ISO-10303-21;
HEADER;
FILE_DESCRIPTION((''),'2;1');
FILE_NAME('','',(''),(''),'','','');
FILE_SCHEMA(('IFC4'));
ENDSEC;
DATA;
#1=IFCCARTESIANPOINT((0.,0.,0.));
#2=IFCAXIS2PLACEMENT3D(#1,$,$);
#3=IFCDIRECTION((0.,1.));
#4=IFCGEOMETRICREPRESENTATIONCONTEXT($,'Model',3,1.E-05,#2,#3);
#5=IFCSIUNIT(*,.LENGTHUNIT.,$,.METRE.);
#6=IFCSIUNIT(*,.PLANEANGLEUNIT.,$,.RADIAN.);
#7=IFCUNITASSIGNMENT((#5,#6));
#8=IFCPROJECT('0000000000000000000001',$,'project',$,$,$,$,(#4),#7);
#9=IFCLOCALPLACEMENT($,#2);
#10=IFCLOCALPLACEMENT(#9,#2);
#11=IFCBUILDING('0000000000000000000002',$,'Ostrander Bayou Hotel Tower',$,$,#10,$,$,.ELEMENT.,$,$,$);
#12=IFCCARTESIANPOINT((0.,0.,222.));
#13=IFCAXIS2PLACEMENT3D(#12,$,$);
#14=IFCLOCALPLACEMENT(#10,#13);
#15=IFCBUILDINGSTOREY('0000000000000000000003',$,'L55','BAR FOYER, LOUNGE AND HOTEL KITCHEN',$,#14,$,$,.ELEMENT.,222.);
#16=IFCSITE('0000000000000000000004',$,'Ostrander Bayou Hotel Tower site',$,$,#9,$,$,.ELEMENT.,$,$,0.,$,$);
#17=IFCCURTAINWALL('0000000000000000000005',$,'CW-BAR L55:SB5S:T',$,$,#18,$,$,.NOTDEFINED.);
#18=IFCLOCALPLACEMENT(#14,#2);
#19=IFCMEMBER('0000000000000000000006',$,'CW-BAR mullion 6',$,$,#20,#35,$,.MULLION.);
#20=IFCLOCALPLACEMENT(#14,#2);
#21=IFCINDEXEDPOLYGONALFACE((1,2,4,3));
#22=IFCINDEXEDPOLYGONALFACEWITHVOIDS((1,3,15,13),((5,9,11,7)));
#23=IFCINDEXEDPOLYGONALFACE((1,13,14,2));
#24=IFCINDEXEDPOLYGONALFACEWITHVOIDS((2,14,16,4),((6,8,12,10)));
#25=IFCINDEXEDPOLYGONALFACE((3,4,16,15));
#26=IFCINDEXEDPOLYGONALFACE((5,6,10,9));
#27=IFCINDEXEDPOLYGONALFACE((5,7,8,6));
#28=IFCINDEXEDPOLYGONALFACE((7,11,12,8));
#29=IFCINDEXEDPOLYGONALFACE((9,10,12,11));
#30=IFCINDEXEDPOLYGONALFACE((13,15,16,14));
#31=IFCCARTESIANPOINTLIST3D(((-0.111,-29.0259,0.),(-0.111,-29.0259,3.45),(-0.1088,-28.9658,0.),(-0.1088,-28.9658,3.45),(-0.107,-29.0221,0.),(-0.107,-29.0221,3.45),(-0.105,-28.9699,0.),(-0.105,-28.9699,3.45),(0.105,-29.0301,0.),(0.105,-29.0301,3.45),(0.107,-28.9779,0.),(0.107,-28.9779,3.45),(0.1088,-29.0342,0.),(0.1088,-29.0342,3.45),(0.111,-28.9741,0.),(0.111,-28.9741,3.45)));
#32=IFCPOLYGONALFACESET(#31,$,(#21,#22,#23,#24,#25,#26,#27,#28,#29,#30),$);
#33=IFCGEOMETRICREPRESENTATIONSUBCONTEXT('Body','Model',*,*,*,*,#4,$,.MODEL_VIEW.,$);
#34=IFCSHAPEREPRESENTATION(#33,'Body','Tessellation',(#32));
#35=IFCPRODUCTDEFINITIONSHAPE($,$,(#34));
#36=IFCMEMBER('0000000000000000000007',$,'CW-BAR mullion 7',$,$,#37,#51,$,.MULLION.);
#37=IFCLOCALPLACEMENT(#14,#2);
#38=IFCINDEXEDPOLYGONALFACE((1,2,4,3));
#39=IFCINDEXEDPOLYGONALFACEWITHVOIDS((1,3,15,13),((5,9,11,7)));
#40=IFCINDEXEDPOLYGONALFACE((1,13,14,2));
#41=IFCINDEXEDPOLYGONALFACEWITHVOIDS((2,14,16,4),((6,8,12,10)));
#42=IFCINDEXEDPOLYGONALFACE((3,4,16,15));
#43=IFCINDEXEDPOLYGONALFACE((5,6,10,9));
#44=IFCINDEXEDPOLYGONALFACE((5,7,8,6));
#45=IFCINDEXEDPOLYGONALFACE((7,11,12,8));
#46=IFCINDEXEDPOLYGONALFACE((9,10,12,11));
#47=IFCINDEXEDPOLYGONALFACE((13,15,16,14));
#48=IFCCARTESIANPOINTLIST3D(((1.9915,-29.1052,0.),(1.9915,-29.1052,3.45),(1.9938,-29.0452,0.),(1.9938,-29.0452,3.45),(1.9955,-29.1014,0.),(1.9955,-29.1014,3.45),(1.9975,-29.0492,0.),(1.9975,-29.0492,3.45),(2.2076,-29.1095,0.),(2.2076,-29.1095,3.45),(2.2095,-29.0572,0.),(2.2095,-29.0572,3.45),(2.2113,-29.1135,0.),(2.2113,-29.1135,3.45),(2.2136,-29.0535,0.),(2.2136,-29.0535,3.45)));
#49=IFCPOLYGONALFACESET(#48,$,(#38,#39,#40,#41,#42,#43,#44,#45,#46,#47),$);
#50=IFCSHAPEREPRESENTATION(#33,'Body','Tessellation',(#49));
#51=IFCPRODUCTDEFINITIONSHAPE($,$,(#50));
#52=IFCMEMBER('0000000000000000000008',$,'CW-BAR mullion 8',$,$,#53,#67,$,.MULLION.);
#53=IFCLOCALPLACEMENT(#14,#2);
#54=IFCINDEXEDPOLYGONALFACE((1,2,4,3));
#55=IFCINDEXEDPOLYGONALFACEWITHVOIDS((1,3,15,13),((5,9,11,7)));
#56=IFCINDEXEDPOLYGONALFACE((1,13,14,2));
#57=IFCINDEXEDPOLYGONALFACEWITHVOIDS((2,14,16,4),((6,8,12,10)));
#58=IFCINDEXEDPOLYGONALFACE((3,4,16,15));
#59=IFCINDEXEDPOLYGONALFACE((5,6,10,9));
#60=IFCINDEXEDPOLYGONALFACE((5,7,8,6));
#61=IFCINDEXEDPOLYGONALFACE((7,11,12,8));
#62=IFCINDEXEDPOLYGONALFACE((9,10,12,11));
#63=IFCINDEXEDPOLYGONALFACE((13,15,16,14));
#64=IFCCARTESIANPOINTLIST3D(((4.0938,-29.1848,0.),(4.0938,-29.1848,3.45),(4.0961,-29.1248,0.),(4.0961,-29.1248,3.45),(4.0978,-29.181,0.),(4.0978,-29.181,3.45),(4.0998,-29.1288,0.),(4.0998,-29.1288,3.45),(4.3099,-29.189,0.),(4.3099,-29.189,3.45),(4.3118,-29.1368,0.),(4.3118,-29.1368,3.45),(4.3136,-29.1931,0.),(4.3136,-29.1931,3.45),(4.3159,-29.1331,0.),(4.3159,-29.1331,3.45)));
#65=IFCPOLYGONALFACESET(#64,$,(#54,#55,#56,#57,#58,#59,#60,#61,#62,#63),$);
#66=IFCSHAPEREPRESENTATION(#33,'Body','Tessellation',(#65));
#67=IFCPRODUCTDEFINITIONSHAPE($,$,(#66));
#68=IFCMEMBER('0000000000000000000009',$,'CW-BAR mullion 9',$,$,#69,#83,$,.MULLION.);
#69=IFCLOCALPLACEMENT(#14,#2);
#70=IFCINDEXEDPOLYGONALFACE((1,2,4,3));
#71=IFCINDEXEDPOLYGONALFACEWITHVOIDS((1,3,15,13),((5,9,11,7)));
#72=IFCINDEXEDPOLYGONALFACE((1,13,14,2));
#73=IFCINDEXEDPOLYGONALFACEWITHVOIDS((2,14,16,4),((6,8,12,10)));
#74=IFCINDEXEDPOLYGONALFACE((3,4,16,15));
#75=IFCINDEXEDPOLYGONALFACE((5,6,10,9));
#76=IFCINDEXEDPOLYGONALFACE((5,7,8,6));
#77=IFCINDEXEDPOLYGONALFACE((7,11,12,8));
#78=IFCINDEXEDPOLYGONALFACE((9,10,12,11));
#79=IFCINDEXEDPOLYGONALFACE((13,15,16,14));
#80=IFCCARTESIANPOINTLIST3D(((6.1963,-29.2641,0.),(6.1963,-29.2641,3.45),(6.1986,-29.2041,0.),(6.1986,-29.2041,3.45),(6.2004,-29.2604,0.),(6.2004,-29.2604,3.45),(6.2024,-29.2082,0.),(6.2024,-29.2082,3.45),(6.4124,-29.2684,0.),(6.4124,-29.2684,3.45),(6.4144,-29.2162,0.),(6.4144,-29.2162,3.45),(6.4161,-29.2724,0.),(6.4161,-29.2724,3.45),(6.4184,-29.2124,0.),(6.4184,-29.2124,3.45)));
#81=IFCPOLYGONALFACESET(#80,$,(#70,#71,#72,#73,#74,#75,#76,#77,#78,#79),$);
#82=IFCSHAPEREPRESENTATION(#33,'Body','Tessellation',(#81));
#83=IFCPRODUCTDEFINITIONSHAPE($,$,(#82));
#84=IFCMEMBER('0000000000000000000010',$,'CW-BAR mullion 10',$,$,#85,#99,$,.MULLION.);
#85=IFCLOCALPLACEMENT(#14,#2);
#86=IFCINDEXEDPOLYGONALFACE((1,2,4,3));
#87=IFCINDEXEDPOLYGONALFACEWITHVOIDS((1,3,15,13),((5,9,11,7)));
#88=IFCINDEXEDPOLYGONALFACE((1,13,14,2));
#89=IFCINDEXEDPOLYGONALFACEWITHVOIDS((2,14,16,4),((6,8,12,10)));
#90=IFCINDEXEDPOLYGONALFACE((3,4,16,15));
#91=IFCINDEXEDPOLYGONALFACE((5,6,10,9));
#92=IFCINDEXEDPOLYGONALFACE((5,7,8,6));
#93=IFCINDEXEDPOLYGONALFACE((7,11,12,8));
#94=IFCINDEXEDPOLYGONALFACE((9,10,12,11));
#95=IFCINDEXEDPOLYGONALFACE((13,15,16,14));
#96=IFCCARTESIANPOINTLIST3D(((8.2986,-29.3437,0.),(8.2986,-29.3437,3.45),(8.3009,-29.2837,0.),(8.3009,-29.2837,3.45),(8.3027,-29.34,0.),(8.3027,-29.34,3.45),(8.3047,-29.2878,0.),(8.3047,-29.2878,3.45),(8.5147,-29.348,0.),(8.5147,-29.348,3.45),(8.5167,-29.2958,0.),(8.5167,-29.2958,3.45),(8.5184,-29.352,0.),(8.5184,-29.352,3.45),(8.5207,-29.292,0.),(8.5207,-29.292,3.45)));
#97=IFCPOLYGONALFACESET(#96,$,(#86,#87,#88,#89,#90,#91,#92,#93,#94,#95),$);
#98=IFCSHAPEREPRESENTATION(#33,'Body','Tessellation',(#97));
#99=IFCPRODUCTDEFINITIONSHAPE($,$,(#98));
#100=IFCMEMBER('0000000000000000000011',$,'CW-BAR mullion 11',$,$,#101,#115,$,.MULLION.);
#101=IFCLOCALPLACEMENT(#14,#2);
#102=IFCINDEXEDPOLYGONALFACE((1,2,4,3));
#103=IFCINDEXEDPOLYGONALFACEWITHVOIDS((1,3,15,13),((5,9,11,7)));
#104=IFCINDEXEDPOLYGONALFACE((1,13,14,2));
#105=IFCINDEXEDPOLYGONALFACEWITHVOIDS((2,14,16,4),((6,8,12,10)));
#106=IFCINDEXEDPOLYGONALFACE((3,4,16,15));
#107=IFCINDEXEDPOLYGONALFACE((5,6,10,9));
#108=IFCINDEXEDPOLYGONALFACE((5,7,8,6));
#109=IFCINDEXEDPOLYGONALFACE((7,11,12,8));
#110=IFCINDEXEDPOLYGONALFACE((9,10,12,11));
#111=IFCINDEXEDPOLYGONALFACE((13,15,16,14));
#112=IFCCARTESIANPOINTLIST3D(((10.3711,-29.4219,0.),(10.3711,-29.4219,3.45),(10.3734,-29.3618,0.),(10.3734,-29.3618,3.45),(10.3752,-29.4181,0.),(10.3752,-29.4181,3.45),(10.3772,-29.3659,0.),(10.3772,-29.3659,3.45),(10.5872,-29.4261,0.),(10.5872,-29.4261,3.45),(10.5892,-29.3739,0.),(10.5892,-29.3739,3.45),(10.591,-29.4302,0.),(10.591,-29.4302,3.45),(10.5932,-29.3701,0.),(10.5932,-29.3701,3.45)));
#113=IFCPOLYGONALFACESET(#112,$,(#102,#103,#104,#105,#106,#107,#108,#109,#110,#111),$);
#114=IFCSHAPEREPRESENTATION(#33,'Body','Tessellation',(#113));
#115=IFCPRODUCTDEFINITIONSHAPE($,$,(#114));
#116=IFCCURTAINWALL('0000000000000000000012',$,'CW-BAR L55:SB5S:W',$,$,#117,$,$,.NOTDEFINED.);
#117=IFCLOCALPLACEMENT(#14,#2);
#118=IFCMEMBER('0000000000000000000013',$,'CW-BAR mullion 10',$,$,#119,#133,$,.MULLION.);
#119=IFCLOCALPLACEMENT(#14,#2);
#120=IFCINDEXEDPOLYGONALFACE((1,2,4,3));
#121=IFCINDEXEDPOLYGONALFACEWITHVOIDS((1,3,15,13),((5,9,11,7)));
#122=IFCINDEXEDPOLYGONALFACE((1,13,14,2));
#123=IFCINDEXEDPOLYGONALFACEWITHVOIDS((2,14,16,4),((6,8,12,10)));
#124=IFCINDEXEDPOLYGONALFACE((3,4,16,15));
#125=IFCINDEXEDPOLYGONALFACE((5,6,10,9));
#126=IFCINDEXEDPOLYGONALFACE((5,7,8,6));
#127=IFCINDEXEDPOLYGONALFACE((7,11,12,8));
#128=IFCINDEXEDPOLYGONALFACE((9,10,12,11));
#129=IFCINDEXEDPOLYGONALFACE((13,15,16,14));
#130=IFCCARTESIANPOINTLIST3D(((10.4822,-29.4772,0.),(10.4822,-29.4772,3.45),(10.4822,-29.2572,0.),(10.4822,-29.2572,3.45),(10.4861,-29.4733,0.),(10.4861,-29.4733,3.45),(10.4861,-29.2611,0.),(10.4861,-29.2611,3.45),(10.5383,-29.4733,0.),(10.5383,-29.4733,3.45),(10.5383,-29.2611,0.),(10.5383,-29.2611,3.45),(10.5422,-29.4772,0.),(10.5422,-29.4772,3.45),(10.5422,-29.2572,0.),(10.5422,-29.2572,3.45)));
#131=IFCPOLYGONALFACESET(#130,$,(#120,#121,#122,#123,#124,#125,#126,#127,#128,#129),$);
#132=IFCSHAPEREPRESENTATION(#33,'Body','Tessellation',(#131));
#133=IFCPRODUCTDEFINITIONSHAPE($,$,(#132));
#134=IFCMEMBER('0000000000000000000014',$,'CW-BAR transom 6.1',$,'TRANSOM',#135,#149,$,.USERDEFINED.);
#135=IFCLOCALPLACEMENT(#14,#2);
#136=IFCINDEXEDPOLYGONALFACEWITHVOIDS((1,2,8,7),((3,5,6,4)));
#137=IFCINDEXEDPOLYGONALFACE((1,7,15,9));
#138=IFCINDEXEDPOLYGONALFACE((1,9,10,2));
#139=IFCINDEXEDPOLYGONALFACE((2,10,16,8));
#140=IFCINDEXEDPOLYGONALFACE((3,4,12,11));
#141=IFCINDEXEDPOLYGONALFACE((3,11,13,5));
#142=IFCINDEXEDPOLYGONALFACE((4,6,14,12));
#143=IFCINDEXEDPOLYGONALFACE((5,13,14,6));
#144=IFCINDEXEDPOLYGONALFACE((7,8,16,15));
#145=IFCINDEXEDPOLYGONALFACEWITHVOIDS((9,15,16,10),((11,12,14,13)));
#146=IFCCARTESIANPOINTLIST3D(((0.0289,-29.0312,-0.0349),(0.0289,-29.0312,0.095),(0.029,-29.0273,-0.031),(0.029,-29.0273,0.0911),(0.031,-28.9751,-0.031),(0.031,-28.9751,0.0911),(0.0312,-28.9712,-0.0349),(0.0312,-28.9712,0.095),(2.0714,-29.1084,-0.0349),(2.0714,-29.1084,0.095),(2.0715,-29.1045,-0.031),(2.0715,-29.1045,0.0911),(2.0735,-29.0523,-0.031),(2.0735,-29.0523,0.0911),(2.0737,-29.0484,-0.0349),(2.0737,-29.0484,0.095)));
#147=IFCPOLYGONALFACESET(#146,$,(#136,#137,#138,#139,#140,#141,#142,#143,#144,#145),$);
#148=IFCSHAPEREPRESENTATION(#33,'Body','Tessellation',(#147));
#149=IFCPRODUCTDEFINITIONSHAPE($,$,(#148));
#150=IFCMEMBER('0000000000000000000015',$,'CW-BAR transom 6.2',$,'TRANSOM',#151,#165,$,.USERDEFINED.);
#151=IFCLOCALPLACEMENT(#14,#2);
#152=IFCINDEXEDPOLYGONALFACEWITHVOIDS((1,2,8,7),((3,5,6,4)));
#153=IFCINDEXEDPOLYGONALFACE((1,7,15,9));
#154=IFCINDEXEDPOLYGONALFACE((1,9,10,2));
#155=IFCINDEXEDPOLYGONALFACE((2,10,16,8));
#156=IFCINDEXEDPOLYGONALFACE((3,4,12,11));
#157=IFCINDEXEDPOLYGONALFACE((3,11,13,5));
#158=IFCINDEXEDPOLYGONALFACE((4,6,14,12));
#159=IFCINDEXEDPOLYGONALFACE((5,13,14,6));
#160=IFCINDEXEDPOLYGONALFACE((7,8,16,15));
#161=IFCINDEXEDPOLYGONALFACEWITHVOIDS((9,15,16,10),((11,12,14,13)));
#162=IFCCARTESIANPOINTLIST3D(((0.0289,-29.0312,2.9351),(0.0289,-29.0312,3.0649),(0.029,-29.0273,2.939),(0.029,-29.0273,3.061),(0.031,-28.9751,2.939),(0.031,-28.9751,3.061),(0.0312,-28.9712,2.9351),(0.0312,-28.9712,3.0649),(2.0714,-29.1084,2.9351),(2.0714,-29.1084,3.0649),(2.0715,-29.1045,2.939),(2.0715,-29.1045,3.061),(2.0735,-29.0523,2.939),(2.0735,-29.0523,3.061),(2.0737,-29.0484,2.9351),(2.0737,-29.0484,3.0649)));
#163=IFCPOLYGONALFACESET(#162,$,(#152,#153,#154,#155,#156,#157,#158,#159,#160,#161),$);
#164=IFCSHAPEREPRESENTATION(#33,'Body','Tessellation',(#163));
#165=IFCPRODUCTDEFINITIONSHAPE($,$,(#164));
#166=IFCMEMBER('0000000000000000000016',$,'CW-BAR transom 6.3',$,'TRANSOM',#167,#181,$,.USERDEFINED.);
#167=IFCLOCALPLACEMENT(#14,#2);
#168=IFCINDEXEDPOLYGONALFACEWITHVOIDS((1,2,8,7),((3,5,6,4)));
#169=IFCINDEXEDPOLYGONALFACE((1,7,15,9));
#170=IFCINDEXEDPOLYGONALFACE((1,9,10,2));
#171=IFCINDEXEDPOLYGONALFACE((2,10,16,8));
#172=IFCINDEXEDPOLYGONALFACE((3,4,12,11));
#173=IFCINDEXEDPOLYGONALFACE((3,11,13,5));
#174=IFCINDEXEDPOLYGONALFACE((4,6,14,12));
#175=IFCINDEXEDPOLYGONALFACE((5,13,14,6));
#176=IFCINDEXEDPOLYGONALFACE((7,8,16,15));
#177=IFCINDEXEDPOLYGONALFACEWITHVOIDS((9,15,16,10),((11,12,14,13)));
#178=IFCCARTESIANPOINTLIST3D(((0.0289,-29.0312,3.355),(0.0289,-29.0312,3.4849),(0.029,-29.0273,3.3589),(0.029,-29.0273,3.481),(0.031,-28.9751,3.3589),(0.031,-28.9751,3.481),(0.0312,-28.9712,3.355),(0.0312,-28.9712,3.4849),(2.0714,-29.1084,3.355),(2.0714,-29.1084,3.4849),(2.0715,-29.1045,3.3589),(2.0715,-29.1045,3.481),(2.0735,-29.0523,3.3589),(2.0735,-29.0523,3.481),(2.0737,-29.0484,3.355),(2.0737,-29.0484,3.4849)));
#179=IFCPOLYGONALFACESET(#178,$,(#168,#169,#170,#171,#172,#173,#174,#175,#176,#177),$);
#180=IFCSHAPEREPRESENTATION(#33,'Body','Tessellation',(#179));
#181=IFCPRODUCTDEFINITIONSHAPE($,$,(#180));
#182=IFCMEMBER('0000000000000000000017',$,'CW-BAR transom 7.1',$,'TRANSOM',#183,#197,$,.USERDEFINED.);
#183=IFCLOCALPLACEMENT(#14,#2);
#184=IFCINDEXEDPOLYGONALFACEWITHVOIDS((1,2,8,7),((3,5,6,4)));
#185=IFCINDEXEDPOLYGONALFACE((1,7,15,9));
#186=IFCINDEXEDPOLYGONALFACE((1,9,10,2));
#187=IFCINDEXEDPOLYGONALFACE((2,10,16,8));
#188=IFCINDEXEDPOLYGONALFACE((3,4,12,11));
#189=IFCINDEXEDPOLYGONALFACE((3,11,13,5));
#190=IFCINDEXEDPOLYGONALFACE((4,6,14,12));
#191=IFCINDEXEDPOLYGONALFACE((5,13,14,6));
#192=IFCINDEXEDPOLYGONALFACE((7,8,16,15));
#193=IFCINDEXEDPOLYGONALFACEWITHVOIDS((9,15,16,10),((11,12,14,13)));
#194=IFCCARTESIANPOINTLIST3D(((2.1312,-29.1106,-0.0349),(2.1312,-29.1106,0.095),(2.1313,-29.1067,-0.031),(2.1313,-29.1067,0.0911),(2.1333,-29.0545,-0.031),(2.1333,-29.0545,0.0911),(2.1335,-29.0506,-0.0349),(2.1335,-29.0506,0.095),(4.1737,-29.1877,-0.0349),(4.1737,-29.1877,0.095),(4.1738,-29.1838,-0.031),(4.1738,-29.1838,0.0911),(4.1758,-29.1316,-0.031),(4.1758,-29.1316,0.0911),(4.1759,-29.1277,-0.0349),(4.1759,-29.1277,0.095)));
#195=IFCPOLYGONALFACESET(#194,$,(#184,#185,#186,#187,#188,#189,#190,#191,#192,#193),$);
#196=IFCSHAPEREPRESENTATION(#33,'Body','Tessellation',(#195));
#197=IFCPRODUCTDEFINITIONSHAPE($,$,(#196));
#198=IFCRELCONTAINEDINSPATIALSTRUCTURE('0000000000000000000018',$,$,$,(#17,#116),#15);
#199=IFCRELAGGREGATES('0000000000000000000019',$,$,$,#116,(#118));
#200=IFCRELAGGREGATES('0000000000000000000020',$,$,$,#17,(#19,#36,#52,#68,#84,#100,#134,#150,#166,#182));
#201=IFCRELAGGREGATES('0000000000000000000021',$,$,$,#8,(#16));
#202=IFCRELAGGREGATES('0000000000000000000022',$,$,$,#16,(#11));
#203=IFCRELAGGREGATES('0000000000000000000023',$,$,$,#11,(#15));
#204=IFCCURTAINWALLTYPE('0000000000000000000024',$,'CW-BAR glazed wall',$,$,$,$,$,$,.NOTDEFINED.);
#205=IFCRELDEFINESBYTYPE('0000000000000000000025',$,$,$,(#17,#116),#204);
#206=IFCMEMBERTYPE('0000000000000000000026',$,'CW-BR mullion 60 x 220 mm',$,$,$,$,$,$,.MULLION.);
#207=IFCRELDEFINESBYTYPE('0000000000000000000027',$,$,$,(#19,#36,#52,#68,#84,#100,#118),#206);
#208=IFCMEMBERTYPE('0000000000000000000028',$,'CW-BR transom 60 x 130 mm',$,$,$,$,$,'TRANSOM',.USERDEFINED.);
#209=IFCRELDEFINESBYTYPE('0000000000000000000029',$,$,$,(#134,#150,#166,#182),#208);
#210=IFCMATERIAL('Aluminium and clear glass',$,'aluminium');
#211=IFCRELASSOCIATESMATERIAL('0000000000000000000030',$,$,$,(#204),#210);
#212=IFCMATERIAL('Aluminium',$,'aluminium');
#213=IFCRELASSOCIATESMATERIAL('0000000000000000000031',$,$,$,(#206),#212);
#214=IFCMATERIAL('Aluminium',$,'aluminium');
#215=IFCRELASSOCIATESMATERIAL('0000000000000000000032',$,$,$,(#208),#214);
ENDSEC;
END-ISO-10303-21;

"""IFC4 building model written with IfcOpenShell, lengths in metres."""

from ifc_helpers import new_model, si_unit, direction, frame, origin, origin_2d, place, context, subcontext, project, spatial, hollow_rectangle, extrude, material, material_profile, profile_set, type_object, element, aggregate, save


model = new_model("IFC4")

# Units and contexts
model_context = context("Model", 3, precision=1e-05, world=origin(), true_north=direction((0.0, 1.0)))
body_context = subcontext(model_context, "Body", "Model", "MODEL_VIEW")
ifc_project = project(units=[si_unit("LENGTHUNIT", "METRE"), si_unit("PLANEANGLEUNIT", "RADIAN")], contexts=[model_context])

# Site, building, storey
site_placement = place(None, origin())
site = spatial("IfcSite", under=ifc_project, at=site_placement, Name="Ostrander Bayou Hotel Tower site", CompositionType="ELEMENT", RefElevation=0.0)
building_placement = place(site_placement, origin())
building = spatial("IfcBuilding", under=site, at=building_placement, Name="Ostrander Bayou Hotel Tower", CompositionType="ELEMENT")
storey_placement = place(building_placement, frame((0.0, 0.0, 222.0)))
storey = spatial("IfcBuildingStorey", under=building, at=storey_placement, Name="L55", Description="BAR FOYER, LOUNGE AND HOTEL KITCHEN", CompositionType="ELEMENT", Elevation=222.0)

# Curtain wall, members
ifc_material_1 = material(Name="Aluminium and clear glass", Category="aluminium")
curtain_wall_type = type_object("IfcCurtainWallType", Name="CW-BAR glazed wall", PredefinedType="NOTDEFINED", material=ifc_material_1)
curtain_wall_1_placement = place(storey_placement, origin())
curtain_wall_1 = element("IfcCurtainWall", 1, at=curtain_wall_1_placement, inside=storey, type_object=curtain_wall_type, Name="CW-BAR L55:SB5S:T", PredefinedType="NOTDEFINED")
ifc_material_2 = material(Name="Aluminium", Category="aluminium")
ifc_material_profile_1 = material_profile(ifc_material_2, hollow_rectangle(XDim=0.0601, YDim=0.22, WallThickness=0.0039, at=origin_2d()))
ifc_profile_set_1 = profile_set([ifc_material_profile_1], Name="Aluminium")
member_type_1 = type_object("IfcMemberType", Name="CW-BR mullion 60 x 220 mm", PredefinedType="MULLION", material=ifc_profile_set_1)
member_1_placement = place(storey_placement, frame((0.0, -29.0, 0.0), z_axis=(0.0, 0.0, 1.0), x_axis=(0.037758, 0.999287, 0.0)))
member_1 = element("IfcMember", 2, at=member_1_placement, type_object=member_type_1, Name="CW-BAR mullion 6", PredefinedType="MULLION", context=body_context, shape_type="SweptSolid", body=[
    extrude(hollow_rectangle(XDim=0.0601, YDim=0.22, WallThickness=0.0039, at=origin_2d()), origin(), (0.0, 0.0, 1.0), 3.45),
])
member_2_placement = place(storey_placement, frame((2.1025, -29.0793, 0.0), z_axis=(0.0, 0.0, 1.0), x_axis=(0.037758, 0.999287, 0.0)))
member_2 = element("IfcMember", 3, at=member_2_placement, type_object=member_type_1, Name="CW-BAR mullion 7", PredefinedType="MULLION", context=body_context, shape_type="SweptSolid", body=[
    extrude(hollow_rectangle(XDim=0.0601, YDim=0.22, WallThickness=0.0039, at=origin_2d()), origin(), (0.0, 0.0, 1.0), 3.45),
])
member_3_placement = place(storey_placement, frame((4.2048, -29.1589, 0.0), z_axis=(0.0, 0.0, 1.0), x_axis=(0.037758, 0.999287, 0.0)))
member_3 = element("IfcMember", 4, at=member_3_placement, type_object=member_type_1, Name="CW-BAR mullion 8", PredefinedType="MULLION", context=body_context, shape_type="SweptSolid", body=[
    extrude(hollow_rectangle(XDim=0.0601, YDim=0.22, WallThickness=0.0039, at=origin_2d()), origin(), (0.0, 0.0, 1.0), 3.45),
])
member_4_placement = place(storey_placement, frame((6.3074, -29.2383, 0.0), z_axis=(0.0, 0.0, 1.0), x_axis=(0.037758, 0.999287, 0.0)))
member_4 = element("IfcMember", 5, at=member_4_placement, type_object=member_type_1, Name="CW-BAR mullion 9", PredefinedType="MULLION", context=body_context, shape_type="SweptSolid", body=[
    extrude(hollow_rectangle(XDim=0.0601, YDim=0.22, WallThickness=0.0039, at=origin_2d()), origin(), (0.0, 0.0, 1.0), 3.45),
])
member_5_placement = place(storey_placement, frame((8.4097, -29.3179, 0.0), z_axis=(0.0, 0.0, 1.0), x_axis=(0.037758, 0.999287, 0.0)))
member_5 = element("IfcMember", 6, at=member_5_placement, type_object=member_type_1, Name="CW-BAR mullion 10", PredefinedType="MULLION", context=body_context, shape_type="SweptSolid", body=[
    extrude(hollow_rectangle(XDim=0.0601, YDim=0.22, WallThickness=0.0039, at=origin_2d()), origin(), (0.0, 0.0, 1.0), 3.45),
])
member_6_placement = place(storey_placement, frame((10.4822, -29.396, 0.0), z_axis=(0.0, 0.0, 1.0), x_axis=(0.037758, 0.999287, 0.0)))
member_6 = element("IfcMember", 7, at=member_6_placement, type_object=member_type_1, Name="CW-BAR mullion 11", PredefinedType="MULLION", context=body_context, shape_type="SweptSolid", body=[
    extrude(hollow_rectangle(XDim=0.0601, YDim=0.22, WallThickness=0.0039, at=origin_2d()), origin(), (0.0, 0.0, 1.0), 3.45),
])

# Curtain wall, member
curtain_wall_2_placement = place(storey_placement, origin())
curtain_wall_2 = element("IfcCurtainWall", 8, at=curtain_wall_2_placement, inside=storey, type_object=curtain_wall_type, Name="CW-BAR L55:SB5S:W", PredefinedType="NOTDEFINED")
member_7_placement = place(storey_placement, frame((10.5122, -29.3672, 0.0), z_axis=(0.0, 0.0, 1.0), x_axis=(1.0, 0.0, 0.0)))
member_7 = element("IfcMember", 9, at=member_7_placement, type_object=member_type_1, Name="CW-BAR mullion 10", PredefinedType="MULLION", context=body_context, shape_type="SweptSolid", body=[
    extrude(hollow_rectangle(XDim=0.0601, YDim=0.22, WallThickness=0.0039, at=origin_2d()), origin(), (0.0, 0.0, 1.0), 3.45),
])
aggregate(curtain_wall_2, [member_7])

# Members
ifc_material_3 = material(Name="Aluminium", Category="aluminium")
ifc_material_profile_2 = material_profile(ifc_material_3, hollow_rectangle(XDim=0.0601, YDim=0.1299, WallThickness=0.0039, at=origin_2d()))
ifc_profile_set_2 = profile_set([ifc_material_profile_2], Name="Aluminium")
member_type_2 = type_object("IfcMemberType", Name="CW-BR transom 60 x 130 mm", ElementType="TRANSOM", PredefinedType="USERDEFINED", material=ifc_profile_set_2)
member_8_placement = place(storey_placement, frame((0.03, -29.0012, 0.03), z_axis=(0.999287, -0.037745, 0.0), x_axis=(0.037745, 0.999287, 0.0)))
member_8 = element("IfcMember", 10, at=member_8_placement, type_object=member_type_2, Name="CW-BAR transom 6.1", ObjectType="TRANSOM", PredefinedType="USERDEFINED", context=body_context, shape_type="SweptSolid", body=[
    extrude(hollow_rectangle(XDim=0.0601, YDim=0.1299, WallThickness=0.0039, at=origin_2d()), origin(), (0.0, 0.0, 1.0), 2.0439),
])
member_9_placement = place(storey_placement, frame((0.03, -29.0012, 3.0), z_axis=(0.999287, -0.037745, 0.0), x_axis=(0.037745, 0.999287, 0.0)))
member_9 = element("IfcMember", 11, at=member_9_placement, type_object=member_type_2, Name="CW-BAR transom 6.2", ObjectType="TRANSOM", PredefinedType="USERDEFINED", context=body_context, shape_type="SweptSolid", body=[
    extrude(hollow_rectangle(XDim=0.0601, YDim=0.1299, WallThickness=0.0039, at=origin_2d()), origin(), (0.0, 0.0, 1.0), 2.0439),
])
member_10_placement = place(storey_placement, frame((0.03, -29.0012, 3.4199), z_axis=(0.999287, -0.037745, 0.0), x_axis=(0.037745, 0.999287, 0.0)))
member_10 = element("IfcMember", 12, at=member_10_placement, type_object=member_type_2, Name="CW-BAR transom 6.3", ObjectType="TRANSOM", PredefinedType="USERDEFINED", context=body_context, shape_type="SweptSolid", body=[
    extrude(hollow_rectangle(XDim=0.0601, YDim=0.1299, WallThickness=0.0039, at=origin_2d()), origin(), (0.0, 0.0, 1.0), 2.0439),
])
member_11_placement = place(storey_placement, frame((2.1323, -29.0806, 0.03), z_axis=(0.999287, -0.037745, 0.0), x_axis=(0.037745, 0.999287, 0.0)))
member_11 = element("IfcMember", 13, at=member_11_placement, type_object=member_type_2, Name="CW-BAR transom 7.1", ObjectType="TRANSOM", PredefinedType="USERDEFINED", context=body_context, shape_type="SweptSolid", body=[
    extrude(hollow_rectangle(XDim=0.0601, YDim=0.1299, WallThickness=0.0039, at=origin_2d()), origin(), (0.0, 0.0, 1.0), 2.0439),
])

aggregate(curtain_wall_1, [member_1, member_2, member_3, member_4, member_5, member_6, member_8, member_9, member_10, member_11])

save(model, "model.ifc")
